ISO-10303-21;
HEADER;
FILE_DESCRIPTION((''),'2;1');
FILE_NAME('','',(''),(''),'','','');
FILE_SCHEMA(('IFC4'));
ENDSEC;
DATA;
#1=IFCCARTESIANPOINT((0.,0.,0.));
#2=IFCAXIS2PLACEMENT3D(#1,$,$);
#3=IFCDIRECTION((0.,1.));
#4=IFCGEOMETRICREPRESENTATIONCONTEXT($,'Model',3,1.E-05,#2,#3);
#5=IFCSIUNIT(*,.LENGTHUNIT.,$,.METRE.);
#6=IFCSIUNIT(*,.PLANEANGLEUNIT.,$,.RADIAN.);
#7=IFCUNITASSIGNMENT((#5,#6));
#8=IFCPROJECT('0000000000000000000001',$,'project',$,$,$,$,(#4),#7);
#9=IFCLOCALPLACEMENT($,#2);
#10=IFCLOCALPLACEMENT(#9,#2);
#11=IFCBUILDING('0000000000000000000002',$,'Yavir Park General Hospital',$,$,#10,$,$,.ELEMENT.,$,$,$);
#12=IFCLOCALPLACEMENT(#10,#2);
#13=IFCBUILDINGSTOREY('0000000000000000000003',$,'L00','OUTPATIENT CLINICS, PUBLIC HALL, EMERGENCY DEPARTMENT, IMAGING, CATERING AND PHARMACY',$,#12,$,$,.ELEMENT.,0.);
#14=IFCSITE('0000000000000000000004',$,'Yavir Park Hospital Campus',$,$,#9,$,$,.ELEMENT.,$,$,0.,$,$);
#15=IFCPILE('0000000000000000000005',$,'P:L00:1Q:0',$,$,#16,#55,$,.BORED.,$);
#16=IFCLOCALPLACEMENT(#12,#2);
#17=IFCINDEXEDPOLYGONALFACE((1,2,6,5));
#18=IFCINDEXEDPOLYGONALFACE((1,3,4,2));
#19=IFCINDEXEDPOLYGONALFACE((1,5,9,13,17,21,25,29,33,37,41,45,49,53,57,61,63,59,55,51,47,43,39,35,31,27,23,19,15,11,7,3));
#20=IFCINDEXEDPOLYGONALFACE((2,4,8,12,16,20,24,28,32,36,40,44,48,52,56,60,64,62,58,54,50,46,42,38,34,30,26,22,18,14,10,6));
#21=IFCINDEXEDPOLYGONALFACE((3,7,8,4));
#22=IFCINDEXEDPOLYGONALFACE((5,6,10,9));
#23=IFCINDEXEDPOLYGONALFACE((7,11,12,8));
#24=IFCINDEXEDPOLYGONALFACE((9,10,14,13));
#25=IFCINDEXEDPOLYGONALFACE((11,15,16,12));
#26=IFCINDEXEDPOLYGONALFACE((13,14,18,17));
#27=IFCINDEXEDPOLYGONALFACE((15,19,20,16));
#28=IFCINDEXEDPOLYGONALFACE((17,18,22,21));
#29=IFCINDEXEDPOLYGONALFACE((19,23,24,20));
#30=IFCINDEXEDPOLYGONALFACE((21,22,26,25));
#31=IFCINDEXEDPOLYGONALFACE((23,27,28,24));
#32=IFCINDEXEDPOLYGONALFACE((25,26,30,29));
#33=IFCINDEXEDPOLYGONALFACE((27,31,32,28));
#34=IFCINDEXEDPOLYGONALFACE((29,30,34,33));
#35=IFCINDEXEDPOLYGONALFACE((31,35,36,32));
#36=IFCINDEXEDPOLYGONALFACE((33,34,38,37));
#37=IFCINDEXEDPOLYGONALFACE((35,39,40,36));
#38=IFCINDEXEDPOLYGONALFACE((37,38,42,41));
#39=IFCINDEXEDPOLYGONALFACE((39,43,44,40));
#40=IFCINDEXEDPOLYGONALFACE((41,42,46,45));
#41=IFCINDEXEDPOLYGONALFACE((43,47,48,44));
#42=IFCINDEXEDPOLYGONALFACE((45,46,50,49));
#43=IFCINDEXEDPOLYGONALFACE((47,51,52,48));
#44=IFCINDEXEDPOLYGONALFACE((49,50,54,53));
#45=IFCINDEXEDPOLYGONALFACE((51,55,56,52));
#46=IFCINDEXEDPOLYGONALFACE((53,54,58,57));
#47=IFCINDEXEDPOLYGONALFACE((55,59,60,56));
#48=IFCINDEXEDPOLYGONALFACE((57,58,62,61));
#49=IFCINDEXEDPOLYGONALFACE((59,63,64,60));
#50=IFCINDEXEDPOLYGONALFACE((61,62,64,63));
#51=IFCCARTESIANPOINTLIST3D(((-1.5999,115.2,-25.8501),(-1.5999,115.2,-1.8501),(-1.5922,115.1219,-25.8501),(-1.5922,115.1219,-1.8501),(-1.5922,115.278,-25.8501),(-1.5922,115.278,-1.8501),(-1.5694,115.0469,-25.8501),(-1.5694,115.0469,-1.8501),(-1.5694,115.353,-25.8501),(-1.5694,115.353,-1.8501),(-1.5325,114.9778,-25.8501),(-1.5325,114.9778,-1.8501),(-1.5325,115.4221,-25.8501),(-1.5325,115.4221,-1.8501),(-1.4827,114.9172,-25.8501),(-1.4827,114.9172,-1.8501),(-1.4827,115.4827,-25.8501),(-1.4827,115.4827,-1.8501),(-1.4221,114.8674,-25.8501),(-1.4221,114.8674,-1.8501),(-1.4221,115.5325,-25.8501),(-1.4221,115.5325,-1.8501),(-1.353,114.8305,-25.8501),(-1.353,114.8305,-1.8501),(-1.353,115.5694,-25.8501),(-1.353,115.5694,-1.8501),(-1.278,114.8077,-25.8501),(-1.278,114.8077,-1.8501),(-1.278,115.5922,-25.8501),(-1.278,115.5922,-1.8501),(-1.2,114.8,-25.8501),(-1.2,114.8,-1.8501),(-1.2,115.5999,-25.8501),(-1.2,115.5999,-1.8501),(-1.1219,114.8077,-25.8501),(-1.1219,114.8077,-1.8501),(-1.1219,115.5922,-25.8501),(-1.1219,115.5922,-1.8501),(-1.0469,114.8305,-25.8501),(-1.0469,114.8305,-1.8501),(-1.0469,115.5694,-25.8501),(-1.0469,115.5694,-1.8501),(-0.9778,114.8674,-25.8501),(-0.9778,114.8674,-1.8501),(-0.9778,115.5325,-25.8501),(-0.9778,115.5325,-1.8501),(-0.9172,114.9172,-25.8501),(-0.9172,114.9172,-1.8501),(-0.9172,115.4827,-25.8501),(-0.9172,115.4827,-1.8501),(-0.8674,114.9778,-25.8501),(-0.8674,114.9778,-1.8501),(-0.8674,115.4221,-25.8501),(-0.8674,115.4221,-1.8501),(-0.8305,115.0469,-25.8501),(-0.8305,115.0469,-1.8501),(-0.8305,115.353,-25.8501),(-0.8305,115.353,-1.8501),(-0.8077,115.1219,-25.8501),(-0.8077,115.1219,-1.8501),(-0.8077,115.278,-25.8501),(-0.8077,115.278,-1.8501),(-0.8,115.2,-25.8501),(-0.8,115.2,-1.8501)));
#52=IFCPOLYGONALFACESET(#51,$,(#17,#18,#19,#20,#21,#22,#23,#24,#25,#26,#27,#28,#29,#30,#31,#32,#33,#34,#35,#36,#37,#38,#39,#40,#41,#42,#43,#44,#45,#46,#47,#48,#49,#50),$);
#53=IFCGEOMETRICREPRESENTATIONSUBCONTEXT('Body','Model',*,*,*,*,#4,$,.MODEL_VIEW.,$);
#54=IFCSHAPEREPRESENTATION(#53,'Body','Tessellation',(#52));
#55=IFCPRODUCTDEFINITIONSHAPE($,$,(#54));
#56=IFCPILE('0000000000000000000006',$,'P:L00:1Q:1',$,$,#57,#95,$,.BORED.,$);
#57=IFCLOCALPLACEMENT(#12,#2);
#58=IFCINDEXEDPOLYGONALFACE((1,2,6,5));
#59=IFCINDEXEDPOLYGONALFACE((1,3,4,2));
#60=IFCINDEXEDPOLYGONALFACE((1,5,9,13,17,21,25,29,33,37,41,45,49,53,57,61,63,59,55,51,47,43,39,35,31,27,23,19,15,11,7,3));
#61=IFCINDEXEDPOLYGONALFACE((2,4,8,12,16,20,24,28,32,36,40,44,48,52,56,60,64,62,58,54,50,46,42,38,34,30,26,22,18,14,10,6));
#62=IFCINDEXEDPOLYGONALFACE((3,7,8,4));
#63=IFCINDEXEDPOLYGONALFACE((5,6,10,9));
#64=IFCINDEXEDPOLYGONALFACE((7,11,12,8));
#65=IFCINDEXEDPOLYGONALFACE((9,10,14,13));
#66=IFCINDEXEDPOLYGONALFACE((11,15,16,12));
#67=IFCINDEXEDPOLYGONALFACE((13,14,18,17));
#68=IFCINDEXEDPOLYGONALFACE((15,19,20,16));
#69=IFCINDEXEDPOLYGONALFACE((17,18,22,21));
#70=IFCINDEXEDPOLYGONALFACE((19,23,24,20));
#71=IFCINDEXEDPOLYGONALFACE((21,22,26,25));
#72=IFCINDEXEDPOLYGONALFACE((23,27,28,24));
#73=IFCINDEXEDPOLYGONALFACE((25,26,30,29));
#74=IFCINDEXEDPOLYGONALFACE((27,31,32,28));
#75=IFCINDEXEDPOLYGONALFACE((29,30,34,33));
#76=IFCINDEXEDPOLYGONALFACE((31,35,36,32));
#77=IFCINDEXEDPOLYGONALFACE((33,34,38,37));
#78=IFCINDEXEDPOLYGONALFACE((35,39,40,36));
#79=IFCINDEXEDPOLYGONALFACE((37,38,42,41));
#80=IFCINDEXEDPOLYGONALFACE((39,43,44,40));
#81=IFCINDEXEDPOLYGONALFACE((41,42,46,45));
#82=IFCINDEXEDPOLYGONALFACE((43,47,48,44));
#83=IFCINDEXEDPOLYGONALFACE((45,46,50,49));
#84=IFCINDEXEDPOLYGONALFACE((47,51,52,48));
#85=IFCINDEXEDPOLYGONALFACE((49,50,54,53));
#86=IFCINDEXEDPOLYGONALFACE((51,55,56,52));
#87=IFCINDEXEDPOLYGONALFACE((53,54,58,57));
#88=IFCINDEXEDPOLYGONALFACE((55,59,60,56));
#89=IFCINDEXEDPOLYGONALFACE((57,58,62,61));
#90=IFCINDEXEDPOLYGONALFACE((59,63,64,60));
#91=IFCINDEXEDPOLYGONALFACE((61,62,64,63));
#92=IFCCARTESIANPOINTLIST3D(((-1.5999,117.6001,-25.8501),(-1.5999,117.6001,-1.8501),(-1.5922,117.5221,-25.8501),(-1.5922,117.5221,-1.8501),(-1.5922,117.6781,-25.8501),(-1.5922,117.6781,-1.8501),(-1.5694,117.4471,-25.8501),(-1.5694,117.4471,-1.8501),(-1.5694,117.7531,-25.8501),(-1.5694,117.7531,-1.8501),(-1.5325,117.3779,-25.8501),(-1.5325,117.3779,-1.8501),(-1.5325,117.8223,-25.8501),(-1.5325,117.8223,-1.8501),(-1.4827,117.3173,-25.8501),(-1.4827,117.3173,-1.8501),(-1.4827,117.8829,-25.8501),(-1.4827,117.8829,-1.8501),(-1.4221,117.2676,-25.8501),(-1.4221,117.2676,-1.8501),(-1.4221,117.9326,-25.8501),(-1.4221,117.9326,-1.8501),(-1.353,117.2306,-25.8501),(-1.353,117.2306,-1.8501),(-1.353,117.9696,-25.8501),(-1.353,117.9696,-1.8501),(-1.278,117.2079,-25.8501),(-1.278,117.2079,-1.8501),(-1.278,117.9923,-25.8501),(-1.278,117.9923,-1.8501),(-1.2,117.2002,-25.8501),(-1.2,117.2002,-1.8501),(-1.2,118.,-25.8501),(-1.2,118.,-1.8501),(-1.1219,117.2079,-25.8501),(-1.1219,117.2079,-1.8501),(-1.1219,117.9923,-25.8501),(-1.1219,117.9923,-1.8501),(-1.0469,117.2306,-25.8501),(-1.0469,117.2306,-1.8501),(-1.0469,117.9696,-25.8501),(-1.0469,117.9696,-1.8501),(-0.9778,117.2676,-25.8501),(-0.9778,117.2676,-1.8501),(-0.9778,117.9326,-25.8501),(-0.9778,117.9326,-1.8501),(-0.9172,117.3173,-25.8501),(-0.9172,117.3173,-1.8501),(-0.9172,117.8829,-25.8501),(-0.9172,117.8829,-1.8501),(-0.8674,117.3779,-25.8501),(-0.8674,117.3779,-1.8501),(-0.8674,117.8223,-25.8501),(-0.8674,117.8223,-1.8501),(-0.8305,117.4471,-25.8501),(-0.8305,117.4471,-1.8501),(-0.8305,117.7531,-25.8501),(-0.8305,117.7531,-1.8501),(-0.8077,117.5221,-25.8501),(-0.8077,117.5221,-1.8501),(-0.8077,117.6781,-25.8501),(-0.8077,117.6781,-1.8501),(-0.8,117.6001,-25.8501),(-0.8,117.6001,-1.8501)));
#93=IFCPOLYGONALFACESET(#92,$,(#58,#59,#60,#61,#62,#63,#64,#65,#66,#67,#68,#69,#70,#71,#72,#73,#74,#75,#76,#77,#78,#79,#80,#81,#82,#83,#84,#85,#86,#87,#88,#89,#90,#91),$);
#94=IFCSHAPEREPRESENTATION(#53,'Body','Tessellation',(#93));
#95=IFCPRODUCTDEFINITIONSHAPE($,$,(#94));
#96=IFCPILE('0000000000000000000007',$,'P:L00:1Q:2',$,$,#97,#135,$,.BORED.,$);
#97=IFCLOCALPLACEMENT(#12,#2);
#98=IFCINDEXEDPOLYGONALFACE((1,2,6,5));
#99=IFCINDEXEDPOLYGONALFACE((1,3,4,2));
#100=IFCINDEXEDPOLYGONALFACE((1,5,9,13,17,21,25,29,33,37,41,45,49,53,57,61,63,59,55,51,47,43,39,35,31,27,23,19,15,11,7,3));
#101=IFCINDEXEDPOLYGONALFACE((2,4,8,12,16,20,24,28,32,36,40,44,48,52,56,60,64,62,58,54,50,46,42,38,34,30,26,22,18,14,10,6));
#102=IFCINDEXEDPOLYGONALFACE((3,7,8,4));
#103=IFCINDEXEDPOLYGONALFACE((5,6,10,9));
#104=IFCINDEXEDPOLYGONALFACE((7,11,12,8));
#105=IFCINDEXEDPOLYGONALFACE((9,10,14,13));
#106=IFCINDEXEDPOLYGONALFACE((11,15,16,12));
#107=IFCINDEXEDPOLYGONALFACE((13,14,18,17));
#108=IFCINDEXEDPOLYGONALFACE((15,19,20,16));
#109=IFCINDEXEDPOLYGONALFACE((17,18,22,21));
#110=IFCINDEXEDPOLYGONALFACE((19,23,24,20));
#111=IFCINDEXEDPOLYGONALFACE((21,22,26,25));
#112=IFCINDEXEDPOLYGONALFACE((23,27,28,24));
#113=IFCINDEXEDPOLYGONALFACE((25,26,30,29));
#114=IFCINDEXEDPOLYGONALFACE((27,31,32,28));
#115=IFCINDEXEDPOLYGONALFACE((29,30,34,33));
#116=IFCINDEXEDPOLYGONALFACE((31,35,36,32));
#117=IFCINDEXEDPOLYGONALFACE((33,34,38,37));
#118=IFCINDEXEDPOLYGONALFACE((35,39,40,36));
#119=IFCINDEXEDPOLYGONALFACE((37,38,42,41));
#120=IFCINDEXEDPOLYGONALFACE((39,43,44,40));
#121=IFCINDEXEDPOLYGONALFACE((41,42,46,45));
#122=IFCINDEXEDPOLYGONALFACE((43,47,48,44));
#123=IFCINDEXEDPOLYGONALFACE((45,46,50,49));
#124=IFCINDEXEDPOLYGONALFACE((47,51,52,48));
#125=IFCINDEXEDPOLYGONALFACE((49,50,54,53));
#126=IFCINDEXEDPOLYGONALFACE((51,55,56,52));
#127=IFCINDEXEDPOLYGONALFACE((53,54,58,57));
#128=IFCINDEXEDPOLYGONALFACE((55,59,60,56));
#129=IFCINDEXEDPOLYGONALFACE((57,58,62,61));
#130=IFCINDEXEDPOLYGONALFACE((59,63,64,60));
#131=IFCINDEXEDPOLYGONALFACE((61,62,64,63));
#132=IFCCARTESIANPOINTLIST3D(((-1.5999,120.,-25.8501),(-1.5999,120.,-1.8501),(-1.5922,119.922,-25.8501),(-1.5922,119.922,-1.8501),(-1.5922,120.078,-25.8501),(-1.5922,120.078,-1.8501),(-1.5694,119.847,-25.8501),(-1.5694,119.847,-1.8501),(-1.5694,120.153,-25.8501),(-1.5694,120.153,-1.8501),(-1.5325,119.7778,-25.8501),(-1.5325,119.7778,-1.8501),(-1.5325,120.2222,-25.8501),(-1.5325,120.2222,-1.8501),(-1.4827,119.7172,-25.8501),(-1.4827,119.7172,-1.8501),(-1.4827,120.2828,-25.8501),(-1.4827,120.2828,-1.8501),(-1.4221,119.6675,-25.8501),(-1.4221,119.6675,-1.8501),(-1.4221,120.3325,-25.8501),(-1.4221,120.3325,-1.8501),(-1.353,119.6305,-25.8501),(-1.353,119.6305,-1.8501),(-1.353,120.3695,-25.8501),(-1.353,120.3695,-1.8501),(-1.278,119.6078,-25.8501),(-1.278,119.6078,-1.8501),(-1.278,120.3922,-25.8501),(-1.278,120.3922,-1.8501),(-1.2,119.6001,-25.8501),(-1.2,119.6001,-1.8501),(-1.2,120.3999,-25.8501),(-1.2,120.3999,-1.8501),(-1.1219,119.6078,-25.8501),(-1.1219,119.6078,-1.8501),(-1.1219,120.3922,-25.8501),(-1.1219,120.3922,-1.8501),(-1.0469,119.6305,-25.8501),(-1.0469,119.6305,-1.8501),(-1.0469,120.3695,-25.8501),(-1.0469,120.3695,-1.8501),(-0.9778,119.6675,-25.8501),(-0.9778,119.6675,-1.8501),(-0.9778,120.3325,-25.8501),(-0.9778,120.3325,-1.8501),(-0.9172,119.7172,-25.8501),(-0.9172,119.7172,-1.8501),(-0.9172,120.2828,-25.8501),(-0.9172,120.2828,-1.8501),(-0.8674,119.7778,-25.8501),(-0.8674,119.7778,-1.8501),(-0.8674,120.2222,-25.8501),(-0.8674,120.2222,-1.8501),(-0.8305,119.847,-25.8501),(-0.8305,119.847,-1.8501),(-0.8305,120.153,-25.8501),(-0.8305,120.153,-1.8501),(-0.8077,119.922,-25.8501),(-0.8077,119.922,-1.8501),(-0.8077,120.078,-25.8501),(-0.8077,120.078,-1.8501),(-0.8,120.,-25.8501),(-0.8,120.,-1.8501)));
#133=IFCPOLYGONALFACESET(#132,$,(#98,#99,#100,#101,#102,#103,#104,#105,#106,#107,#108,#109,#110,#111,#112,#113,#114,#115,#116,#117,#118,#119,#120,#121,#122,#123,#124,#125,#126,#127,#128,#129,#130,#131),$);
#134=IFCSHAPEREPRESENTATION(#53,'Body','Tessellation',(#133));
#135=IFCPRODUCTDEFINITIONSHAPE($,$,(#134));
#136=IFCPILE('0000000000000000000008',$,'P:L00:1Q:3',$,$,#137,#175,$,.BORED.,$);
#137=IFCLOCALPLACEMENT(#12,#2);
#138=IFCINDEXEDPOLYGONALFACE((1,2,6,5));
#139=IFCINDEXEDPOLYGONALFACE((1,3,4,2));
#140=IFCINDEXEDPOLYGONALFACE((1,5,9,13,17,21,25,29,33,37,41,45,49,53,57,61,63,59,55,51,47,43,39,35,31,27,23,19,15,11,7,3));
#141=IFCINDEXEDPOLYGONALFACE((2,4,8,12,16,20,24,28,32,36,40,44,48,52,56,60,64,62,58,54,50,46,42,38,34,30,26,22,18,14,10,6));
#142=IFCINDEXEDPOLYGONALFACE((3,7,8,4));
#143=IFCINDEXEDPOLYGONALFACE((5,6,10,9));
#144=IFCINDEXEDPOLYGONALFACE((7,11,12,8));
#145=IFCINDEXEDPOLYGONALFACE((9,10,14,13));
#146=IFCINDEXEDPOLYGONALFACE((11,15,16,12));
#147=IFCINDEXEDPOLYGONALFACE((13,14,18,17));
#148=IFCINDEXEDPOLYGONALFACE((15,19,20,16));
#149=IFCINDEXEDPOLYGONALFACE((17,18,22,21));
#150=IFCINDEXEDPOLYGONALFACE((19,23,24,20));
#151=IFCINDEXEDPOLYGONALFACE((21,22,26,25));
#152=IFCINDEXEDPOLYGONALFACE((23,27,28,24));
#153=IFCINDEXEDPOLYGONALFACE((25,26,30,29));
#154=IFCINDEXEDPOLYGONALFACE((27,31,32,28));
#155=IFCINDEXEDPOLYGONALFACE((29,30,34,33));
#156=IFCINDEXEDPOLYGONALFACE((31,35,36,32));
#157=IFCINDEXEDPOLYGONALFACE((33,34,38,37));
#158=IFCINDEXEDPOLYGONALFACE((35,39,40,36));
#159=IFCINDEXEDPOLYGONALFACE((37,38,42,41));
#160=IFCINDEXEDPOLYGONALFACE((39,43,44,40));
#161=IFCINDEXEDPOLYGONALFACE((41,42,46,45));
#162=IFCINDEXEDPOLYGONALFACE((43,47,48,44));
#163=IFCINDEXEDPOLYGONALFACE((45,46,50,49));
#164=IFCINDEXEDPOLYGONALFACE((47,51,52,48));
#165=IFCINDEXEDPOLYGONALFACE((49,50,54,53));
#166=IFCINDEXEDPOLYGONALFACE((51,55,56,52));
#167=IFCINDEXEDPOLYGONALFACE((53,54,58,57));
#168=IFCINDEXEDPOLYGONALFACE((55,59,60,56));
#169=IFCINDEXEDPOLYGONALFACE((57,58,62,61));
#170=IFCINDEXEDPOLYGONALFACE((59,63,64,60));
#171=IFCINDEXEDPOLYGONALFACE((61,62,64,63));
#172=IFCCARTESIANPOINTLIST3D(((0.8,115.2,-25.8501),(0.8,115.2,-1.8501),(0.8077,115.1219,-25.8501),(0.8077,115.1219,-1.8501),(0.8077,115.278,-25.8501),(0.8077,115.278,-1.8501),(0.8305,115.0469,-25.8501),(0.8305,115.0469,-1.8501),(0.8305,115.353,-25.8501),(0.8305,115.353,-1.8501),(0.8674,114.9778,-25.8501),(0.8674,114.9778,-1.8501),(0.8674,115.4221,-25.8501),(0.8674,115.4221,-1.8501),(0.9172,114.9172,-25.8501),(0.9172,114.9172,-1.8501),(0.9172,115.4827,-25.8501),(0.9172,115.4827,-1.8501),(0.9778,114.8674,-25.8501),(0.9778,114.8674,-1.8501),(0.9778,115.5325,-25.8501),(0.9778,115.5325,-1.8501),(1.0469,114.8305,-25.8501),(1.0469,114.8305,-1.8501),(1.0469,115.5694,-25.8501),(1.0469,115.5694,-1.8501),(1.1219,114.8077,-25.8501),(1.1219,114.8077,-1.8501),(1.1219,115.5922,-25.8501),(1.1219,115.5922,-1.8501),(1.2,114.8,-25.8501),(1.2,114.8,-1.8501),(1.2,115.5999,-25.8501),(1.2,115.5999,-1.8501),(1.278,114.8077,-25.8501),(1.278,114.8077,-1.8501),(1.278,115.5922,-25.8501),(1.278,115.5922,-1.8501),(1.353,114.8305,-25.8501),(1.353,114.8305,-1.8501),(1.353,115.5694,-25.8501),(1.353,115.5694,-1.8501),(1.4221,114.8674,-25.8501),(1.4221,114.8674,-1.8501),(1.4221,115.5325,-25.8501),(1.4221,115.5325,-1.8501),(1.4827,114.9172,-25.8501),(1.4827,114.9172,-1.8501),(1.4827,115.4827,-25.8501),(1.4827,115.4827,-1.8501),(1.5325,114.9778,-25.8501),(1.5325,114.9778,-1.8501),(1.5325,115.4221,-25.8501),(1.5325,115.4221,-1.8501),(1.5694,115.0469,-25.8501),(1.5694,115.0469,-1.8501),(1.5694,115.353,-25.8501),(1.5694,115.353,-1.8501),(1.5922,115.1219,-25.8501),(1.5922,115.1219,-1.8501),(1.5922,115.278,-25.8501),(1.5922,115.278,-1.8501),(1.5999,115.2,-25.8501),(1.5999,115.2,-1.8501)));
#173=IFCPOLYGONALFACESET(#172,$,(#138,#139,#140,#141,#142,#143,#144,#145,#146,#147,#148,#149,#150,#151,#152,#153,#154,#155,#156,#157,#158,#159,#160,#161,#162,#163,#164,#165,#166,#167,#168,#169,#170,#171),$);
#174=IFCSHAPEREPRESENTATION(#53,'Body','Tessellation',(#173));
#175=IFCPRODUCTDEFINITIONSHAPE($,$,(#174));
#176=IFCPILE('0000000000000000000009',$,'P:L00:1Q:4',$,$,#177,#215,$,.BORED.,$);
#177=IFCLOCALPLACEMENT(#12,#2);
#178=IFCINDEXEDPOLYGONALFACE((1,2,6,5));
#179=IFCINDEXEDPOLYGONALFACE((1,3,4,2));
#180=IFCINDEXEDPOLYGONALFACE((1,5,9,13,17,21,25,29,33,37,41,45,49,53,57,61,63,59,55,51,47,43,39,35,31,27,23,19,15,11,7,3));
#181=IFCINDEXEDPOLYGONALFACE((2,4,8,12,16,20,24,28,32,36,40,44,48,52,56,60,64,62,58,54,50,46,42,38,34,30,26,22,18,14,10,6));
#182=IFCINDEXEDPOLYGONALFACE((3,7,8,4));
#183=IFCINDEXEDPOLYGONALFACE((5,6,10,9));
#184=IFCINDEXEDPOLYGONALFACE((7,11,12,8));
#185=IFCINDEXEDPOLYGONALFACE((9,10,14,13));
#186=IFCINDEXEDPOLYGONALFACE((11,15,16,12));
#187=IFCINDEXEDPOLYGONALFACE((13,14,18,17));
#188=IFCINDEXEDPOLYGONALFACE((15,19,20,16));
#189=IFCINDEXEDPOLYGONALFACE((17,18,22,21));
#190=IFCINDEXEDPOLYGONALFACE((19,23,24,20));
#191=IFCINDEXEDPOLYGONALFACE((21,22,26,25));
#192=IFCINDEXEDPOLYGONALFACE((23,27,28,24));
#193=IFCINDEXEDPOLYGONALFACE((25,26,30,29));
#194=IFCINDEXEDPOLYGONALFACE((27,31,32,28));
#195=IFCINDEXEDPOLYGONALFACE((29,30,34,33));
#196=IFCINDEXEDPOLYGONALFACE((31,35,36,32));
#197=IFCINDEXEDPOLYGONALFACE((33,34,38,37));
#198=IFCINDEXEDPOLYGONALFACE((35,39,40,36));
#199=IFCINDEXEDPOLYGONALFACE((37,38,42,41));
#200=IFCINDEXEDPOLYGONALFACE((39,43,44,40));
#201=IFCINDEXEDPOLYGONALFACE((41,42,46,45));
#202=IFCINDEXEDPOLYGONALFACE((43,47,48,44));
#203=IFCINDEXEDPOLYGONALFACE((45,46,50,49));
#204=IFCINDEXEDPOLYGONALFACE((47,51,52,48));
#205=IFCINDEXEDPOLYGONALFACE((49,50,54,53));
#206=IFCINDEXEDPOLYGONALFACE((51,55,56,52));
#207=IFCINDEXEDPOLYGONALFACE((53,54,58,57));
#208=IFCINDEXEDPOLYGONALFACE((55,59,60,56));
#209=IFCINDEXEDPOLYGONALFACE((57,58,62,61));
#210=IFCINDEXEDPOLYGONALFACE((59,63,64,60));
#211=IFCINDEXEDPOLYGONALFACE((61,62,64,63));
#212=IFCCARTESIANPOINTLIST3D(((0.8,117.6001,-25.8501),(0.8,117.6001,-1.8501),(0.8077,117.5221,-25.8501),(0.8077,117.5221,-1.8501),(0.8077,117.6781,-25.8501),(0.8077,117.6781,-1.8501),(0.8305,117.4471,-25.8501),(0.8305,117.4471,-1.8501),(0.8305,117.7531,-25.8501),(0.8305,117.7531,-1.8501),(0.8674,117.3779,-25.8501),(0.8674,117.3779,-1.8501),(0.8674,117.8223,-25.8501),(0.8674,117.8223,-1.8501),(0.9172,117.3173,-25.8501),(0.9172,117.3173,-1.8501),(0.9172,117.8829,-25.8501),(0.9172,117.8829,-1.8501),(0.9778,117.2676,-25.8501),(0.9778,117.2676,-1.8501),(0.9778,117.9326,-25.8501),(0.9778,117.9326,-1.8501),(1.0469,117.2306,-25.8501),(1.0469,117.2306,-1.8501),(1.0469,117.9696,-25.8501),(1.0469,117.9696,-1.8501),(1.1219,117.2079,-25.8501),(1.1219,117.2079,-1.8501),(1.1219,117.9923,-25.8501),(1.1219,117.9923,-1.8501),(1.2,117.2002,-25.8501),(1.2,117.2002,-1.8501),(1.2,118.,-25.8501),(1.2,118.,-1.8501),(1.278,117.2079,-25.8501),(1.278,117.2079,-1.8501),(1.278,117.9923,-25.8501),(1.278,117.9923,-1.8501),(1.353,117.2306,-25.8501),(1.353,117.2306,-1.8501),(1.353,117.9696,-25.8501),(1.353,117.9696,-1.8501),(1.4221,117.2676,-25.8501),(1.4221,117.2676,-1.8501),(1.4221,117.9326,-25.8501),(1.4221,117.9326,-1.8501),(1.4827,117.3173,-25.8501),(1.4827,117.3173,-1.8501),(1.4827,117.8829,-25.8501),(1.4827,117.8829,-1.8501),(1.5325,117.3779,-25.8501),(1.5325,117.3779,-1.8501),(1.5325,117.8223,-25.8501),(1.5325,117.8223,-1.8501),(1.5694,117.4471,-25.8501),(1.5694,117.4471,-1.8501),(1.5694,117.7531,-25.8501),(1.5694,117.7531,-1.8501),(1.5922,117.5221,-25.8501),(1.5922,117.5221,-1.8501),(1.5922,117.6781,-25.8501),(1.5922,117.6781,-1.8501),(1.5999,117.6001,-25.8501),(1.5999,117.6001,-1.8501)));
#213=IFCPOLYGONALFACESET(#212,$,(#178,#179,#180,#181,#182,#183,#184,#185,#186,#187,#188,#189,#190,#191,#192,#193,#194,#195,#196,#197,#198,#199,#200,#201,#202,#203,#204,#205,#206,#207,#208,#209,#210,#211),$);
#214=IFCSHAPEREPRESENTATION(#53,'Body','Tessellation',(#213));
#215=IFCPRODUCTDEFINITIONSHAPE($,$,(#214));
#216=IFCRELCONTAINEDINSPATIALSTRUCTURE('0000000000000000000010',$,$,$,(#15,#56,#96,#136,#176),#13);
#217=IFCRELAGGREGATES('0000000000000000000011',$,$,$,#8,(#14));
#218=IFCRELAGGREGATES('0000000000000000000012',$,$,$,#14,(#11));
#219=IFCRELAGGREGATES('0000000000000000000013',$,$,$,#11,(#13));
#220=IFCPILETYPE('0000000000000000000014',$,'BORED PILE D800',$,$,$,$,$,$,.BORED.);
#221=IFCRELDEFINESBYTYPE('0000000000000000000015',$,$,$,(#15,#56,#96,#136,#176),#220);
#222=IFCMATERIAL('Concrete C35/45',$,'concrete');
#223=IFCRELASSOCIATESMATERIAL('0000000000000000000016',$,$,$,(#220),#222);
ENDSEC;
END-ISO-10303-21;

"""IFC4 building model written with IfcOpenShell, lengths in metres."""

from ifc_helpers import new_model, si_unit, direction, frame, origin, origin_2d, place, context, subcontext, project, spatial, circle, extrude, material, material_profile, profile_set, type_object, element, save


model = new_model("IFC4")

# Units and contexts
model_context = context("Model", 3, precision=1e-05, world=origin(), true_north=direction((0.0, 1.0)))
body_context = subcontext(model_context, "Body", "Model", "MODEL_VIEW")
ifc_project = project(units=[si_unit("LENGTHUNIT", "METRE"), si_unit("PLANEANGLEUNIT", "RADIAN")], contexts=[model_context])

# Site, building, storey
site_placement = place(None, origin())
site = spatial("IfcSite", under=ifc_project, at=site_placement, Name="Yavir Park Hospital Campus", CompositionType="ELEMENT", RefElevation=0.0)
building_placement = place(site_placement, origin())
building = spatial("IfcBuilding", under=site, at=building_placement, Name="Yavir Park General Hospital", CompositionType="ELEMENT")
storey_placement = place(building_placement, origin())
storey = spatial("IfcBuildingStorey", under=building, at=storey_placement, Name="L00", Description="OUTPATIENT CLINICS, PUBLIC HALL, EMERGENCY DEPARTMENT, IMAGING, CATERING AND PHARMACY", CompositionType="ELEMENT", Elevation=0.0)

# Piles
ifc_material_1 = material(Name="Concrete C35/45", Category="concrete")
ifc_material_profile_1 = material_profile(ifc_material_1, circle(Radius=0.3999, at=origin_2d()), Name="D800")
ifc_profile_set_1 = profile_set([ifc_material_profile_1], Name="Concrete C35/45")
pile_type = type_object("IfcPileType", Name="BORED PILE D800", PredefinedType="BORED", material=ifc_profile_set_1)
for number, where, z_axis, x_axis, name in (
    (1, (-1.2, 115.2, -1.8501), (0.0, 0.0, -1.0), (1.0, 0.0, 0.0), "P:L00:1Q:0"),
    (2, (-1.2, 117.6001, -1.8501), (0.0, 0.0, -1.0), (1.0, 0.0, 0.0), "P:L00:1Q:1"),
    (3, (-1.2, 120.0, -1.8501), (0.0, 0.0, -1.0), (1.0, 0.0, 0.0), "P:L00:1Q:2"),
    (4, (1.2, 115.2, -1.8501), (0.0, 0.0, -1.0), (1.0, 0.0, 0.0), "P:L00:1Q:3"),
    (5, (1.2, 117.6001, -1.8501), (0.0, 0.0, -1.0), (1.0, 0.0, 0.0), "P:L00:1Q:4"),
):
    element("IfcPile", number, at=place(storey_placement, frame(where, z_axis=z_axis, x_axis=x_axis)), inside=storey, type_object=pile_type, Name=name, PredefinedType="BORED", context=body_context, shape_type="SweptSolid", body=[
        extrude(circle(Radius=0.3999, at=origin_2d()), origin(), (0.0, 0.0, 1.0), 24.0),
    ])

save(model, "model.ifc")
